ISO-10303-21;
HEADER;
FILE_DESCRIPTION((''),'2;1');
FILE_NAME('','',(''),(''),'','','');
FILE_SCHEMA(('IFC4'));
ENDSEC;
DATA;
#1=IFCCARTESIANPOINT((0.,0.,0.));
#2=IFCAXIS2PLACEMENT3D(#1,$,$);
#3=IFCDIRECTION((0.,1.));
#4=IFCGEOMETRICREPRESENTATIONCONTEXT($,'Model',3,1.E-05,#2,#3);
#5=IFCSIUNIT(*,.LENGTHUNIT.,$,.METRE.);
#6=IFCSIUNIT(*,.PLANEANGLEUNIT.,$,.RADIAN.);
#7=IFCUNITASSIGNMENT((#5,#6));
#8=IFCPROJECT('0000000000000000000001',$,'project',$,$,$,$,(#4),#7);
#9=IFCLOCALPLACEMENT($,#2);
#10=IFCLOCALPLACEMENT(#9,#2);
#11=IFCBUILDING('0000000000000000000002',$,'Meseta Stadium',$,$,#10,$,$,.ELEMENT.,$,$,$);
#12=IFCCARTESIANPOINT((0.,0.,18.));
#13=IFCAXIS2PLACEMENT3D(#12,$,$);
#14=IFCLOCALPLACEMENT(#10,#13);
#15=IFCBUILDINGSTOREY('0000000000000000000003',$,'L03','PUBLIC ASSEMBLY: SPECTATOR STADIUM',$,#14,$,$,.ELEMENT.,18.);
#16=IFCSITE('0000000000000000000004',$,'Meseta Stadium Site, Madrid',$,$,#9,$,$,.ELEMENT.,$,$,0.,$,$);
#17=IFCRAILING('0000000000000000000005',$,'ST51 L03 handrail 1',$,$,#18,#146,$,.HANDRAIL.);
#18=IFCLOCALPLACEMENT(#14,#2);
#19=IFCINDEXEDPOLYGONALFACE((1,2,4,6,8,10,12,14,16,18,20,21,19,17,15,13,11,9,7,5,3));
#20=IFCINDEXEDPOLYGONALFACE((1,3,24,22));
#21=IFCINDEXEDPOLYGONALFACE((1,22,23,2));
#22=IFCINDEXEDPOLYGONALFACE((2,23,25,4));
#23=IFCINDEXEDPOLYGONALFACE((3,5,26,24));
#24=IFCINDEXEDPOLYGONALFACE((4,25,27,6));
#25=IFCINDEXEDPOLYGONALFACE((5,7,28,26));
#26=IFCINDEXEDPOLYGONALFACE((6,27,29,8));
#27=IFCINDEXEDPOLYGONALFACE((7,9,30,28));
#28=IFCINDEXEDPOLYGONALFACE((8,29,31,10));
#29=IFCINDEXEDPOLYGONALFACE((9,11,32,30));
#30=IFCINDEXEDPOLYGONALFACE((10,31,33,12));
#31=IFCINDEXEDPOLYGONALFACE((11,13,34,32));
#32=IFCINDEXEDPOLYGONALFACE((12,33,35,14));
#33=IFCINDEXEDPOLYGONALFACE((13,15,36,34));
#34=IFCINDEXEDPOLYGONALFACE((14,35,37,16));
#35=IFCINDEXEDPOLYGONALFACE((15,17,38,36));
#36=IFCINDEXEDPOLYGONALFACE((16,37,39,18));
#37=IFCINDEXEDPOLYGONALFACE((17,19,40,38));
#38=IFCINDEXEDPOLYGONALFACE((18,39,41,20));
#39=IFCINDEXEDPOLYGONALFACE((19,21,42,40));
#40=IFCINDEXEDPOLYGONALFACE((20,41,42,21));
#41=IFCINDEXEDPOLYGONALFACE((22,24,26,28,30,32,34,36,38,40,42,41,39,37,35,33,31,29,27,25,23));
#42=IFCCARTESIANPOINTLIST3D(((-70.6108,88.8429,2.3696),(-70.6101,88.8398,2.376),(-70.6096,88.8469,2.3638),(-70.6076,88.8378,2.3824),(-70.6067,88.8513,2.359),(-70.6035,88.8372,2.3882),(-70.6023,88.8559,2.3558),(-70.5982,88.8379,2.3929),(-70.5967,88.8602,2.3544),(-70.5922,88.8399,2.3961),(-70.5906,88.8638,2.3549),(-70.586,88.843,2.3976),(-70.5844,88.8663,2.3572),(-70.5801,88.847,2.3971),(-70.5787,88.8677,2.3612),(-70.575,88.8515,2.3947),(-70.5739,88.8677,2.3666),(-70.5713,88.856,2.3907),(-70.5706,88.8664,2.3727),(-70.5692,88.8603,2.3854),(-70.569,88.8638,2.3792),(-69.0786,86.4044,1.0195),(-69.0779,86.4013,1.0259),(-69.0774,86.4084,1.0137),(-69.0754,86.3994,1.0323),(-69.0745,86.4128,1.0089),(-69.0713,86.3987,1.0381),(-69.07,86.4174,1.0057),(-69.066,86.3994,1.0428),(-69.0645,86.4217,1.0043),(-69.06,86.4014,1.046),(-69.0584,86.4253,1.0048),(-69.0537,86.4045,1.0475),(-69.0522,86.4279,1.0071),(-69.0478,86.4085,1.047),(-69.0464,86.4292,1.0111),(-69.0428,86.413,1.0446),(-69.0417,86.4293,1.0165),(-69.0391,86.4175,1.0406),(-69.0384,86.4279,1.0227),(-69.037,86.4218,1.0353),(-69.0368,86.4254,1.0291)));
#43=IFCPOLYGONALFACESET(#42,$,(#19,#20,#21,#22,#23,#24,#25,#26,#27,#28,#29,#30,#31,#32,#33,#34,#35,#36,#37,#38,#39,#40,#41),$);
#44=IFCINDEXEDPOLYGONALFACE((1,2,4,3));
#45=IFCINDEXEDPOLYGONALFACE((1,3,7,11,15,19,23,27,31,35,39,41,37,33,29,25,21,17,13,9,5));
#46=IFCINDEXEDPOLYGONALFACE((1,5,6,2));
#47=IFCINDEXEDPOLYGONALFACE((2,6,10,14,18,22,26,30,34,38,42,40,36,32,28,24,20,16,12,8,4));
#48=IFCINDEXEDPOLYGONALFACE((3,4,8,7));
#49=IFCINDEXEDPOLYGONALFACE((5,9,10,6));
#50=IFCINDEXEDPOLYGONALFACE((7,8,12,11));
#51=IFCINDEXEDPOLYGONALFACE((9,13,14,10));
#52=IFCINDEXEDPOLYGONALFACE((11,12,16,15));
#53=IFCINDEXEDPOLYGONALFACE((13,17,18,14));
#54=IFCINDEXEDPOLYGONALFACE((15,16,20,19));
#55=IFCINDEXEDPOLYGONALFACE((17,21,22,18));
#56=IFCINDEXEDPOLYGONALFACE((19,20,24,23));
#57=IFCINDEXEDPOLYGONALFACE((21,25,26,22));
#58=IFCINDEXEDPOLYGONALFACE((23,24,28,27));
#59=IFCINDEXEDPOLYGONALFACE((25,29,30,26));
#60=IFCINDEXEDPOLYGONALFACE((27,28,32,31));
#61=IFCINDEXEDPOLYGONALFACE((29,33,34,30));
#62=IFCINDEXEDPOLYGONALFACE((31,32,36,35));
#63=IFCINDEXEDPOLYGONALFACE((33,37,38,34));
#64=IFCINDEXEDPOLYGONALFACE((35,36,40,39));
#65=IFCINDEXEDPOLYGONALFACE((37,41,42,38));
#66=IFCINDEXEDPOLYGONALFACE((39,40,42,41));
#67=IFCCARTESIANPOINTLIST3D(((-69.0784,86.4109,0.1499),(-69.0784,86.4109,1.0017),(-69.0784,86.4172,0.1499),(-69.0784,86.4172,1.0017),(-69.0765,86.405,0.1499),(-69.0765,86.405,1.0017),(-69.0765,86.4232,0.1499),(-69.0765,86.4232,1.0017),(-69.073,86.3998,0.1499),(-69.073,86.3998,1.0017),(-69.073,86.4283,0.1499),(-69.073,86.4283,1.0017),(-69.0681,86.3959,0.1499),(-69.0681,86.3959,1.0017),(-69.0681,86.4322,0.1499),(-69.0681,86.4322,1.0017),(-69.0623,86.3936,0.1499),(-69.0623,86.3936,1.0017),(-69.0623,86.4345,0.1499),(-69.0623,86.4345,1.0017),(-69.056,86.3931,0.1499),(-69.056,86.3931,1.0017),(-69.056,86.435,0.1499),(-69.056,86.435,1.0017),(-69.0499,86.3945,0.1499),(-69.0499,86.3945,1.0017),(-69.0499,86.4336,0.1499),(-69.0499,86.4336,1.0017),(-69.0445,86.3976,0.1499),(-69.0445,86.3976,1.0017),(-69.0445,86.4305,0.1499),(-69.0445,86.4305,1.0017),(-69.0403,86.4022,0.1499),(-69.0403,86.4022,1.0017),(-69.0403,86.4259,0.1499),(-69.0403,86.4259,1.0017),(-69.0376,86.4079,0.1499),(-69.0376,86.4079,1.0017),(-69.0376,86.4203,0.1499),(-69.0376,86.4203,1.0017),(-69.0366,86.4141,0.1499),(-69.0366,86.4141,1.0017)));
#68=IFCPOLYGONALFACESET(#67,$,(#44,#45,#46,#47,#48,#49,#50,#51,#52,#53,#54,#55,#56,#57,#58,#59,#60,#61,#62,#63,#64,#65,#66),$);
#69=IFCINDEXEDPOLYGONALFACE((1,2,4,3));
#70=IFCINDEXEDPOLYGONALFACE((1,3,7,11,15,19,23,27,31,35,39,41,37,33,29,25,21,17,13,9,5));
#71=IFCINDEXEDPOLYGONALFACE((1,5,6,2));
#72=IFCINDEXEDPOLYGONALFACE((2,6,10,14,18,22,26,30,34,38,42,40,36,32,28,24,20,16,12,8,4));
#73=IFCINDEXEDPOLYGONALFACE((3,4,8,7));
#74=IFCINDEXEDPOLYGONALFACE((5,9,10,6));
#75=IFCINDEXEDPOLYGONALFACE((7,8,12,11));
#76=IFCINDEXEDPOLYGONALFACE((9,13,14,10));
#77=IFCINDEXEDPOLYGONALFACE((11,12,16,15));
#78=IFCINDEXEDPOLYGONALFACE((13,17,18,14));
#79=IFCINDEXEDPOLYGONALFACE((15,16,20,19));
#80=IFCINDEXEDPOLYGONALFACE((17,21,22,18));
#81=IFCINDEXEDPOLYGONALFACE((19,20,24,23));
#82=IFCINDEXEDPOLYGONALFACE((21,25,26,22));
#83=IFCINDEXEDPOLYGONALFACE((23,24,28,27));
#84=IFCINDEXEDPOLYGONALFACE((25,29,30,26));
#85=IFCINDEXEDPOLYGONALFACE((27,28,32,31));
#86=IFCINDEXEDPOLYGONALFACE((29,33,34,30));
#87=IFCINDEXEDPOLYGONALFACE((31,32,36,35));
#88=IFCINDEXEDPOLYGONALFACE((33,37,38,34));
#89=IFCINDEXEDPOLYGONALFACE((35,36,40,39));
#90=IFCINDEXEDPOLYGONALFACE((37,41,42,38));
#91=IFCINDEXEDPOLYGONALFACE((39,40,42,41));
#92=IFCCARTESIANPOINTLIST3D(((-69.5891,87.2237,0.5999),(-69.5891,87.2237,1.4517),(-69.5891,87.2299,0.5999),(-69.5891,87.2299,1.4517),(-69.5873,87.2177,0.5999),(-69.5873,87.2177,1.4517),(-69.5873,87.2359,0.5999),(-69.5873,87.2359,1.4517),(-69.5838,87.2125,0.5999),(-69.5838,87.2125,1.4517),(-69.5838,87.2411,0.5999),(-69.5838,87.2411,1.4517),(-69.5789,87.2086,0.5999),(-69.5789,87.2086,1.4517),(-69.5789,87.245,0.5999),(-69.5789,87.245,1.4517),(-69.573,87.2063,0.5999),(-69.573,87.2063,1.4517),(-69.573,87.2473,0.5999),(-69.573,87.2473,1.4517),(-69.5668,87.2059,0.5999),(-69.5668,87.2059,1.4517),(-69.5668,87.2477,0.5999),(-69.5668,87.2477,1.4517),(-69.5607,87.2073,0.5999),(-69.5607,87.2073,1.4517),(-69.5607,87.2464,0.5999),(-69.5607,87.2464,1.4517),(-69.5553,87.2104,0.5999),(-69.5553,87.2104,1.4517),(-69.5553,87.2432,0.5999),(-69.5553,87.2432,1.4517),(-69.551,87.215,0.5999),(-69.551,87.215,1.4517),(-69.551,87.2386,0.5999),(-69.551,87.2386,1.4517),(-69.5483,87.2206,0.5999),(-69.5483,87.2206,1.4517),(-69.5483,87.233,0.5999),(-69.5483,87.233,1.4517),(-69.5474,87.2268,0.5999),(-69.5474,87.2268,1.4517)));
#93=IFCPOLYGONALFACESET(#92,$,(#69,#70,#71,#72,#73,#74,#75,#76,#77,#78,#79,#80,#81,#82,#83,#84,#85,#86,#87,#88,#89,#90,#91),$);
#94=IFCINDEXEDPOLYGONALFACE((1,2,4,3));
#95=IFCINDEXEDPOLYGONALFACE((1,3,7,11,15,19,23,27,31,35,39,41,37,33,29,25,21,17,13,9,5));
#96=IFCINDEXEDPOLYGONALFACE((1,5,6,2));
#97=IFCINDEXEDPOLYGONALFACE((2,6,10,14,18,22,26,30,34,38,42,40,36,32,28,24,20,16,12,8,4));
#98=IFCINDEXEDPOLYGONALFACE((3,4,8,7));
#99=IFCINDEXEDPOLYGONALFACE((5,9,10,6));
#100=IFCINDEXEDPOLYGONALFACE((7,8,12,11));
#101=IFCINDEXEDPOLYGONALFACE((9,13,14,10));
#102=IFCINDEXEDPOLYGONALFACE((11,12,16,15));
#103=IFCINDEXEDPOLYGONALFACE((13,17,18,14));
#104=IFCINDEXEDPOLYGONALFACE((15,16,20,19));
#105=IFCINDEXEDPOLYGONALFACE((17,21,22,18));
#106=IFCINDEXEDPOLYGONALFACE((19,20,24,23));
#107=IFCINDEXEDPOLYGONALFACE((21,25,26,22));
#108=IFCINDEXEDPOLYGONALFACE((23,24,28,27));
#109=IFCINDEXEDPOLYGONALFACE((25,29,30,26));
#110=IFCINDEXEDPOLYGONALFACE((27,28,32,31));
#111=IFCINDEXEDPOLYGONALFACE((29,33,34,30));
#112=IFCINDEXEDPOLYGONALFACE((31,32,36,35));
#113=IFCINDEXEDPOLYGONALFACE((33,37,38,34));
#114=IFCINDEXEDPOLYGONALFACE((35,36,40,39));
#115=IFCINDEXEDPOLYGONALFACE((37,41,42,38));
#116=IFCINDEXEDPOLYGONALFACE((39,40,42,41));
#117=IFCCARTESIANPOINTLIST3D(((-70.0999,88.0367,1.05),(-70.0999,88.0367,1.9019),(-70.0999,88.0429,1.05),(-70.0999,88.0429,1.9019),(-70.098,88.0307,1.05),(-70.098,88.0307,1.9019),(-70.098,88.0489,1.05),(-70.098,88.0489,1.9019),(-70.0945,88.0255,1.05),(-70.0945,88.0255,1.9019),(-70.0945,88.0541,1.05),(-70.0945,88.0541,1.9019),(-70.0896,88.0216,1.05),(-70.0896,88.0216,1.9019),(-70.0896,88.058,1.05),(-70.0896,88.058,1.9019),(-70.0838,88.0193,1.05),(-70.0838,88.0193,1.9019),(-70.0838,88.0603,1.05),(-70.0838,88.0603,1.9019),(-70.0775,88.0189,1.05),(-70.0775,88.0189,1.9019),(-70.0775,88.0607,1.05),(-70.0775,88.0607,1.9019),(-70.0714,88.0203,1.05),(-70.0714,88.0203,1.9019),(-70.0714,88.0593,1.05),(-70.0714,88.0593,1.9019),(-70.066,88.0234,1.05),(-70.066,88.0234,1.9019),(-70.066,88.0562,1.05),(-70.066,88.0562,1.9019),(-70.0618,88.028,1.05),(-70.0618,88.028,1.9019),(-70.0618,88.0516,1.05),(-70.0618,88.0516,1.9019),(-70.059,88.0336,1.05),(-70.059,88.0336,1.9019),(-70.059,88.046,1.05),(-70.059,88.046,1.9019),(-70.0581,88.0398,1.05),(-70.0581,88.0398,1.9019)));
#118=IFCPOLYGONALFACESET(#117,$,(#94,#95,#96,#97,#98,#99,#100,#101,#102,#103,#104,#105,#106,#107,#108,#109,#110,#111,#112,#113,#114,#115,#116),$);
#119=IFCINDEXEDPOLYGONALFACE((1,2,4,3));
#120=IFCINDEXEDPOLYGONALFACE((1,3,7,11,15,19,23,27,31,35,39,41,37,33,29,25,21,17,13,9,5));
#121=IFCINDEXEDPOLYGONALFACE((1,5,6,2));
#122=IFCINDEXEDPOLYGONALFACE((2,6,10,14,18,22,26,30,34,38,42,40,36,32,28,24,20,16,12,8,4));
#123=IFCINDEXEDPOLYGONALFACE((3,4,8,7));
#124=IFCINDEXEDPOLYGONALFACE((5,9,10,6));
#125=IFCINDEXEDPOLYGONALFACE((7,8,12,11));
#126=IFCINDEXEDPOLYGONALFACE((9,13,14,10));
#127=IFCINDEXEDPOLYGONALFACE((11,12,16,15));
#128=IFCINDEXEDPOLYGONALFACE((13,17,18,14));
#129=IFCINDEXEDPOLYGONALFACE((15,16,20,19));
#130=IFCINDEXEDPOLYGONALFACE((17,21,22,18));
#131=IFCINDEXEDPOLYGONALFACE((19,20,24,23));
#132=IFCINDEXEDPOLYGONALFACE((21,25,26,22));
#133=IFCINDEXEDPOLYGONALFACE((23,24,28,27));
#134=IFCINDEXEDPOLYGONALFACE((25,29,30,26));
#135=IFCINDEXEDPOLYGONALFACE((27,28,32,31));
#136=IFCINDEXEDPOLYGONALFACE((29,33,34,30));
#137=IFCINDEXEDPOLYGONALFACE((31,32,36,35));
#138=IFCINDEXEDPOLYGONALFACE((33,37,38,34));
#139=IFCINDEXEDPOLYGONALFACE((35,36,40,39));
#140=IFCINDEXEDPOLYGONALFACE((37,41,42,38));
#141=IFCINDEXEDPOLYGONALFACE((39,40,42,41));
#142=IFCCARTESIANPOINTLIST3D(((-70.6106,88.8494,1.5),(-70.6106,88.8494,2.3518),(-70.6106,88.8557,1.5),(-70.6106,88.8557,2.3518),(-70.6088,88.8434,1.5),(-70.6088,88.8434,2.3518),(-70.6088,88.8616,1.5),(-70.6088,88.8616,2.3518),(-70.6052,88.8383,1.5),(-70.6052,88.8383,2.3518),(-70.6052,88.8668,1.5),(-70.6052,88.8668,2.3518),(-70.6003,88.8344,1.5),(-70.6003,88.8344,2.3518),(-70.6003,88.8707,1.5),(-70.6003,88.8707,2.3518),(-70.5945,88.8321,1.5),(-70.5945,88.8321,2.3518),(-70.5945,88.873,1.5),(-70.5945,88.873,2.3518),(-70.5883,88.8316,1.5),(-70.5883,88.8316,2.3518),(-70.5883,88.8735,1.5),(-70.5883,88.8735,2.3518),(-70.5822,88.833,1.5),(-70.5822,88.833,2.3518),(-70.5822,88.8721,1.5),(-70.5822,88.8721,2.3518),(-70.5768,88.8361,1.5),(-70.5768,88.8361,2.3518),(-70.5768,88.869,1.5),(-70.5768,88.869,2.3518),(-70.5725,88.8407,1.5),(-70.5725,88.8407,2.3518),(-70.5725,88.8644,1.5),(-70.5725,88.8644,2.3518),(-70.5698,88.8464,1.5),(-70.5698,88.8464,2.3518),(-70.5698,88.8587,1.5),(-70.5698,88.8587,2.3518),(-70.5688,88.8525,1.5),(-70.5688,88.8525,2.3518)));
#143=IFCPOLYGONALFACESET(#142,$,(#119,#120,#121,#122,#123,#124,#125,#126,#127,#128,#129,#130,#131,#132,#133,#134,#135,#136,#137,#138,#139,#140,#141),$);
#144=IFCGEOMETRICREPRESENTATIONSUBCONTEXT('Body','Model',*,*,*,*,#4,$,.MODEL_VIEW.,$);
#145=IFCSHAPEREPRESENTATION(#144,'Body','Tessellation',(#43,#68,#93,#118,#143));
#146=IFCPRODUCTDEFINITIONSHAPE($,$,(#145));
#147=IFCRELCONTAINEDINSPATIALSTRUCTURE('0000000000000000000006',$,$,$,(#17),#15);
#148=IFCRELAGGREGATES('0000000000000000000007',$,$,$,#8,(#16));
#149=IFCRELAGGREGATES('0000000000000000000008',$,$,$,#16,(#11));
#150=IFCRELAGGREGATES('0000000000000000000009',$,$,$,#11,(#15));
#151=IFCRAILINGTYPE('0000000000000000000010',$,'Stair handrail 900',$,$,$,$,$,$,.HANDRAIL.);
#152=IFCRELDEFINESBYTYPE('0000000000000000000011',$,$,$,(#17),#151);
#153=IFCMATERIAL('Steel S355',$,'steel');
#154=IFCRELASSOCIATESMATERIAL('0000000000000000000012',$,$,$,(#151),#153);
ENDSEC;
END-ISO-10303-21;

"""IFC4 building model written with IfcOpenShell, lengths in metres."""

from ifc_helpers import new_model, si_unit, direction, frame, origin, origin_2d, place, context, subcontext, project, spatial, circle, extrude, material, type_object, element, save


model = new_model("IFC4")

# Units and contexts
model_context = context("Model", 3, precision=1e-05, world=origin(), true_north=direction((0.0, 1.0)))
body_context = subcontext(model_context, "Body", "Model", "MODEL_VIEW")
ifc_project = project(units=[si_unit("LENGTHUNIT", "METRE"), si_unit("PLANEANGLEUNIT", "RADIAN")], contexts=[model_context])

# Site, building, storey
site_placement = place(None, origin())
site = spatial("IfcSite", under=ifc_project, at=site_placement, Name="Meseta Stadium Site, Madrid", CompositionType="ELEMENT", RefElevation=0.0)
building_placement = place(site_placement, origin())
building = spatial("IfcBuilding", under=site, at=building_placement, Name="Meseta Stadium", CompositionType="ELEMENT")
storey_placement = place(building_placement, frame((0.0, 0.0, 18.0)))
storey = spatial("IfcBuildingStorey", under=building, at=storey_placement, Name="L03", Description="PUBLIC ASSEMBLY: SPECTATOR STADIUM", CompositionType="ELEMENT", Elevation=18.0)

# Railing
ifc_material_1 = material(Name="Steel S355", Category="steel")
railing_type_1 = type_object("IfcRailingType", Name="Stair handrail 900", PredefinedType="HANDRAIL", material=ifc_material_1)
railing_1_placement = place(storey_placement, frame((-69.0576, 86.4141, 0.1499)))
element("IfcRailing", 1, at=railing_1_placement, inside=storey, type_object=railing_type_1, Name="ST51 L03 handrail 1", PredefinedType="HANDRAIL", context=body_context, shape_type="SweptSolid", body=[
    extrude(circle(Radius=0.0239, at=origin_2d()), frame((0.0, 0.0, 0.876), z_axis=(-0.481731, 0.766655, 0.42447), x_axis=(-0.846719, -0.53204, 0.0)), (0.0, 0.0, 1.0), 3.1807),
    extrude(circle(Radius=0.021, at=origin_2d()), origin(), (0.0, 0.0, 1.0), 0.8518),
    extrude(circle(Radius=0.021, at=origin_2d()), frame((-0.5107, 0.8127, 0.45)), (0.0, 0.0, 1.0), 0.8518),
    extrude(circle(Radius=0.021, at=origin_2d()), frame((-1.0215, 1.6257, 0.9001)), (0.0, 0.0, 1.0), 0.8518),
    extrude(circle(Radius=0.021, at=origin_2d()), frame((-1.5322, 2.4385, 1.3501)), (0.0, 0.0, 1.0), 0.8518),
])

save(model, "model.ifc")
